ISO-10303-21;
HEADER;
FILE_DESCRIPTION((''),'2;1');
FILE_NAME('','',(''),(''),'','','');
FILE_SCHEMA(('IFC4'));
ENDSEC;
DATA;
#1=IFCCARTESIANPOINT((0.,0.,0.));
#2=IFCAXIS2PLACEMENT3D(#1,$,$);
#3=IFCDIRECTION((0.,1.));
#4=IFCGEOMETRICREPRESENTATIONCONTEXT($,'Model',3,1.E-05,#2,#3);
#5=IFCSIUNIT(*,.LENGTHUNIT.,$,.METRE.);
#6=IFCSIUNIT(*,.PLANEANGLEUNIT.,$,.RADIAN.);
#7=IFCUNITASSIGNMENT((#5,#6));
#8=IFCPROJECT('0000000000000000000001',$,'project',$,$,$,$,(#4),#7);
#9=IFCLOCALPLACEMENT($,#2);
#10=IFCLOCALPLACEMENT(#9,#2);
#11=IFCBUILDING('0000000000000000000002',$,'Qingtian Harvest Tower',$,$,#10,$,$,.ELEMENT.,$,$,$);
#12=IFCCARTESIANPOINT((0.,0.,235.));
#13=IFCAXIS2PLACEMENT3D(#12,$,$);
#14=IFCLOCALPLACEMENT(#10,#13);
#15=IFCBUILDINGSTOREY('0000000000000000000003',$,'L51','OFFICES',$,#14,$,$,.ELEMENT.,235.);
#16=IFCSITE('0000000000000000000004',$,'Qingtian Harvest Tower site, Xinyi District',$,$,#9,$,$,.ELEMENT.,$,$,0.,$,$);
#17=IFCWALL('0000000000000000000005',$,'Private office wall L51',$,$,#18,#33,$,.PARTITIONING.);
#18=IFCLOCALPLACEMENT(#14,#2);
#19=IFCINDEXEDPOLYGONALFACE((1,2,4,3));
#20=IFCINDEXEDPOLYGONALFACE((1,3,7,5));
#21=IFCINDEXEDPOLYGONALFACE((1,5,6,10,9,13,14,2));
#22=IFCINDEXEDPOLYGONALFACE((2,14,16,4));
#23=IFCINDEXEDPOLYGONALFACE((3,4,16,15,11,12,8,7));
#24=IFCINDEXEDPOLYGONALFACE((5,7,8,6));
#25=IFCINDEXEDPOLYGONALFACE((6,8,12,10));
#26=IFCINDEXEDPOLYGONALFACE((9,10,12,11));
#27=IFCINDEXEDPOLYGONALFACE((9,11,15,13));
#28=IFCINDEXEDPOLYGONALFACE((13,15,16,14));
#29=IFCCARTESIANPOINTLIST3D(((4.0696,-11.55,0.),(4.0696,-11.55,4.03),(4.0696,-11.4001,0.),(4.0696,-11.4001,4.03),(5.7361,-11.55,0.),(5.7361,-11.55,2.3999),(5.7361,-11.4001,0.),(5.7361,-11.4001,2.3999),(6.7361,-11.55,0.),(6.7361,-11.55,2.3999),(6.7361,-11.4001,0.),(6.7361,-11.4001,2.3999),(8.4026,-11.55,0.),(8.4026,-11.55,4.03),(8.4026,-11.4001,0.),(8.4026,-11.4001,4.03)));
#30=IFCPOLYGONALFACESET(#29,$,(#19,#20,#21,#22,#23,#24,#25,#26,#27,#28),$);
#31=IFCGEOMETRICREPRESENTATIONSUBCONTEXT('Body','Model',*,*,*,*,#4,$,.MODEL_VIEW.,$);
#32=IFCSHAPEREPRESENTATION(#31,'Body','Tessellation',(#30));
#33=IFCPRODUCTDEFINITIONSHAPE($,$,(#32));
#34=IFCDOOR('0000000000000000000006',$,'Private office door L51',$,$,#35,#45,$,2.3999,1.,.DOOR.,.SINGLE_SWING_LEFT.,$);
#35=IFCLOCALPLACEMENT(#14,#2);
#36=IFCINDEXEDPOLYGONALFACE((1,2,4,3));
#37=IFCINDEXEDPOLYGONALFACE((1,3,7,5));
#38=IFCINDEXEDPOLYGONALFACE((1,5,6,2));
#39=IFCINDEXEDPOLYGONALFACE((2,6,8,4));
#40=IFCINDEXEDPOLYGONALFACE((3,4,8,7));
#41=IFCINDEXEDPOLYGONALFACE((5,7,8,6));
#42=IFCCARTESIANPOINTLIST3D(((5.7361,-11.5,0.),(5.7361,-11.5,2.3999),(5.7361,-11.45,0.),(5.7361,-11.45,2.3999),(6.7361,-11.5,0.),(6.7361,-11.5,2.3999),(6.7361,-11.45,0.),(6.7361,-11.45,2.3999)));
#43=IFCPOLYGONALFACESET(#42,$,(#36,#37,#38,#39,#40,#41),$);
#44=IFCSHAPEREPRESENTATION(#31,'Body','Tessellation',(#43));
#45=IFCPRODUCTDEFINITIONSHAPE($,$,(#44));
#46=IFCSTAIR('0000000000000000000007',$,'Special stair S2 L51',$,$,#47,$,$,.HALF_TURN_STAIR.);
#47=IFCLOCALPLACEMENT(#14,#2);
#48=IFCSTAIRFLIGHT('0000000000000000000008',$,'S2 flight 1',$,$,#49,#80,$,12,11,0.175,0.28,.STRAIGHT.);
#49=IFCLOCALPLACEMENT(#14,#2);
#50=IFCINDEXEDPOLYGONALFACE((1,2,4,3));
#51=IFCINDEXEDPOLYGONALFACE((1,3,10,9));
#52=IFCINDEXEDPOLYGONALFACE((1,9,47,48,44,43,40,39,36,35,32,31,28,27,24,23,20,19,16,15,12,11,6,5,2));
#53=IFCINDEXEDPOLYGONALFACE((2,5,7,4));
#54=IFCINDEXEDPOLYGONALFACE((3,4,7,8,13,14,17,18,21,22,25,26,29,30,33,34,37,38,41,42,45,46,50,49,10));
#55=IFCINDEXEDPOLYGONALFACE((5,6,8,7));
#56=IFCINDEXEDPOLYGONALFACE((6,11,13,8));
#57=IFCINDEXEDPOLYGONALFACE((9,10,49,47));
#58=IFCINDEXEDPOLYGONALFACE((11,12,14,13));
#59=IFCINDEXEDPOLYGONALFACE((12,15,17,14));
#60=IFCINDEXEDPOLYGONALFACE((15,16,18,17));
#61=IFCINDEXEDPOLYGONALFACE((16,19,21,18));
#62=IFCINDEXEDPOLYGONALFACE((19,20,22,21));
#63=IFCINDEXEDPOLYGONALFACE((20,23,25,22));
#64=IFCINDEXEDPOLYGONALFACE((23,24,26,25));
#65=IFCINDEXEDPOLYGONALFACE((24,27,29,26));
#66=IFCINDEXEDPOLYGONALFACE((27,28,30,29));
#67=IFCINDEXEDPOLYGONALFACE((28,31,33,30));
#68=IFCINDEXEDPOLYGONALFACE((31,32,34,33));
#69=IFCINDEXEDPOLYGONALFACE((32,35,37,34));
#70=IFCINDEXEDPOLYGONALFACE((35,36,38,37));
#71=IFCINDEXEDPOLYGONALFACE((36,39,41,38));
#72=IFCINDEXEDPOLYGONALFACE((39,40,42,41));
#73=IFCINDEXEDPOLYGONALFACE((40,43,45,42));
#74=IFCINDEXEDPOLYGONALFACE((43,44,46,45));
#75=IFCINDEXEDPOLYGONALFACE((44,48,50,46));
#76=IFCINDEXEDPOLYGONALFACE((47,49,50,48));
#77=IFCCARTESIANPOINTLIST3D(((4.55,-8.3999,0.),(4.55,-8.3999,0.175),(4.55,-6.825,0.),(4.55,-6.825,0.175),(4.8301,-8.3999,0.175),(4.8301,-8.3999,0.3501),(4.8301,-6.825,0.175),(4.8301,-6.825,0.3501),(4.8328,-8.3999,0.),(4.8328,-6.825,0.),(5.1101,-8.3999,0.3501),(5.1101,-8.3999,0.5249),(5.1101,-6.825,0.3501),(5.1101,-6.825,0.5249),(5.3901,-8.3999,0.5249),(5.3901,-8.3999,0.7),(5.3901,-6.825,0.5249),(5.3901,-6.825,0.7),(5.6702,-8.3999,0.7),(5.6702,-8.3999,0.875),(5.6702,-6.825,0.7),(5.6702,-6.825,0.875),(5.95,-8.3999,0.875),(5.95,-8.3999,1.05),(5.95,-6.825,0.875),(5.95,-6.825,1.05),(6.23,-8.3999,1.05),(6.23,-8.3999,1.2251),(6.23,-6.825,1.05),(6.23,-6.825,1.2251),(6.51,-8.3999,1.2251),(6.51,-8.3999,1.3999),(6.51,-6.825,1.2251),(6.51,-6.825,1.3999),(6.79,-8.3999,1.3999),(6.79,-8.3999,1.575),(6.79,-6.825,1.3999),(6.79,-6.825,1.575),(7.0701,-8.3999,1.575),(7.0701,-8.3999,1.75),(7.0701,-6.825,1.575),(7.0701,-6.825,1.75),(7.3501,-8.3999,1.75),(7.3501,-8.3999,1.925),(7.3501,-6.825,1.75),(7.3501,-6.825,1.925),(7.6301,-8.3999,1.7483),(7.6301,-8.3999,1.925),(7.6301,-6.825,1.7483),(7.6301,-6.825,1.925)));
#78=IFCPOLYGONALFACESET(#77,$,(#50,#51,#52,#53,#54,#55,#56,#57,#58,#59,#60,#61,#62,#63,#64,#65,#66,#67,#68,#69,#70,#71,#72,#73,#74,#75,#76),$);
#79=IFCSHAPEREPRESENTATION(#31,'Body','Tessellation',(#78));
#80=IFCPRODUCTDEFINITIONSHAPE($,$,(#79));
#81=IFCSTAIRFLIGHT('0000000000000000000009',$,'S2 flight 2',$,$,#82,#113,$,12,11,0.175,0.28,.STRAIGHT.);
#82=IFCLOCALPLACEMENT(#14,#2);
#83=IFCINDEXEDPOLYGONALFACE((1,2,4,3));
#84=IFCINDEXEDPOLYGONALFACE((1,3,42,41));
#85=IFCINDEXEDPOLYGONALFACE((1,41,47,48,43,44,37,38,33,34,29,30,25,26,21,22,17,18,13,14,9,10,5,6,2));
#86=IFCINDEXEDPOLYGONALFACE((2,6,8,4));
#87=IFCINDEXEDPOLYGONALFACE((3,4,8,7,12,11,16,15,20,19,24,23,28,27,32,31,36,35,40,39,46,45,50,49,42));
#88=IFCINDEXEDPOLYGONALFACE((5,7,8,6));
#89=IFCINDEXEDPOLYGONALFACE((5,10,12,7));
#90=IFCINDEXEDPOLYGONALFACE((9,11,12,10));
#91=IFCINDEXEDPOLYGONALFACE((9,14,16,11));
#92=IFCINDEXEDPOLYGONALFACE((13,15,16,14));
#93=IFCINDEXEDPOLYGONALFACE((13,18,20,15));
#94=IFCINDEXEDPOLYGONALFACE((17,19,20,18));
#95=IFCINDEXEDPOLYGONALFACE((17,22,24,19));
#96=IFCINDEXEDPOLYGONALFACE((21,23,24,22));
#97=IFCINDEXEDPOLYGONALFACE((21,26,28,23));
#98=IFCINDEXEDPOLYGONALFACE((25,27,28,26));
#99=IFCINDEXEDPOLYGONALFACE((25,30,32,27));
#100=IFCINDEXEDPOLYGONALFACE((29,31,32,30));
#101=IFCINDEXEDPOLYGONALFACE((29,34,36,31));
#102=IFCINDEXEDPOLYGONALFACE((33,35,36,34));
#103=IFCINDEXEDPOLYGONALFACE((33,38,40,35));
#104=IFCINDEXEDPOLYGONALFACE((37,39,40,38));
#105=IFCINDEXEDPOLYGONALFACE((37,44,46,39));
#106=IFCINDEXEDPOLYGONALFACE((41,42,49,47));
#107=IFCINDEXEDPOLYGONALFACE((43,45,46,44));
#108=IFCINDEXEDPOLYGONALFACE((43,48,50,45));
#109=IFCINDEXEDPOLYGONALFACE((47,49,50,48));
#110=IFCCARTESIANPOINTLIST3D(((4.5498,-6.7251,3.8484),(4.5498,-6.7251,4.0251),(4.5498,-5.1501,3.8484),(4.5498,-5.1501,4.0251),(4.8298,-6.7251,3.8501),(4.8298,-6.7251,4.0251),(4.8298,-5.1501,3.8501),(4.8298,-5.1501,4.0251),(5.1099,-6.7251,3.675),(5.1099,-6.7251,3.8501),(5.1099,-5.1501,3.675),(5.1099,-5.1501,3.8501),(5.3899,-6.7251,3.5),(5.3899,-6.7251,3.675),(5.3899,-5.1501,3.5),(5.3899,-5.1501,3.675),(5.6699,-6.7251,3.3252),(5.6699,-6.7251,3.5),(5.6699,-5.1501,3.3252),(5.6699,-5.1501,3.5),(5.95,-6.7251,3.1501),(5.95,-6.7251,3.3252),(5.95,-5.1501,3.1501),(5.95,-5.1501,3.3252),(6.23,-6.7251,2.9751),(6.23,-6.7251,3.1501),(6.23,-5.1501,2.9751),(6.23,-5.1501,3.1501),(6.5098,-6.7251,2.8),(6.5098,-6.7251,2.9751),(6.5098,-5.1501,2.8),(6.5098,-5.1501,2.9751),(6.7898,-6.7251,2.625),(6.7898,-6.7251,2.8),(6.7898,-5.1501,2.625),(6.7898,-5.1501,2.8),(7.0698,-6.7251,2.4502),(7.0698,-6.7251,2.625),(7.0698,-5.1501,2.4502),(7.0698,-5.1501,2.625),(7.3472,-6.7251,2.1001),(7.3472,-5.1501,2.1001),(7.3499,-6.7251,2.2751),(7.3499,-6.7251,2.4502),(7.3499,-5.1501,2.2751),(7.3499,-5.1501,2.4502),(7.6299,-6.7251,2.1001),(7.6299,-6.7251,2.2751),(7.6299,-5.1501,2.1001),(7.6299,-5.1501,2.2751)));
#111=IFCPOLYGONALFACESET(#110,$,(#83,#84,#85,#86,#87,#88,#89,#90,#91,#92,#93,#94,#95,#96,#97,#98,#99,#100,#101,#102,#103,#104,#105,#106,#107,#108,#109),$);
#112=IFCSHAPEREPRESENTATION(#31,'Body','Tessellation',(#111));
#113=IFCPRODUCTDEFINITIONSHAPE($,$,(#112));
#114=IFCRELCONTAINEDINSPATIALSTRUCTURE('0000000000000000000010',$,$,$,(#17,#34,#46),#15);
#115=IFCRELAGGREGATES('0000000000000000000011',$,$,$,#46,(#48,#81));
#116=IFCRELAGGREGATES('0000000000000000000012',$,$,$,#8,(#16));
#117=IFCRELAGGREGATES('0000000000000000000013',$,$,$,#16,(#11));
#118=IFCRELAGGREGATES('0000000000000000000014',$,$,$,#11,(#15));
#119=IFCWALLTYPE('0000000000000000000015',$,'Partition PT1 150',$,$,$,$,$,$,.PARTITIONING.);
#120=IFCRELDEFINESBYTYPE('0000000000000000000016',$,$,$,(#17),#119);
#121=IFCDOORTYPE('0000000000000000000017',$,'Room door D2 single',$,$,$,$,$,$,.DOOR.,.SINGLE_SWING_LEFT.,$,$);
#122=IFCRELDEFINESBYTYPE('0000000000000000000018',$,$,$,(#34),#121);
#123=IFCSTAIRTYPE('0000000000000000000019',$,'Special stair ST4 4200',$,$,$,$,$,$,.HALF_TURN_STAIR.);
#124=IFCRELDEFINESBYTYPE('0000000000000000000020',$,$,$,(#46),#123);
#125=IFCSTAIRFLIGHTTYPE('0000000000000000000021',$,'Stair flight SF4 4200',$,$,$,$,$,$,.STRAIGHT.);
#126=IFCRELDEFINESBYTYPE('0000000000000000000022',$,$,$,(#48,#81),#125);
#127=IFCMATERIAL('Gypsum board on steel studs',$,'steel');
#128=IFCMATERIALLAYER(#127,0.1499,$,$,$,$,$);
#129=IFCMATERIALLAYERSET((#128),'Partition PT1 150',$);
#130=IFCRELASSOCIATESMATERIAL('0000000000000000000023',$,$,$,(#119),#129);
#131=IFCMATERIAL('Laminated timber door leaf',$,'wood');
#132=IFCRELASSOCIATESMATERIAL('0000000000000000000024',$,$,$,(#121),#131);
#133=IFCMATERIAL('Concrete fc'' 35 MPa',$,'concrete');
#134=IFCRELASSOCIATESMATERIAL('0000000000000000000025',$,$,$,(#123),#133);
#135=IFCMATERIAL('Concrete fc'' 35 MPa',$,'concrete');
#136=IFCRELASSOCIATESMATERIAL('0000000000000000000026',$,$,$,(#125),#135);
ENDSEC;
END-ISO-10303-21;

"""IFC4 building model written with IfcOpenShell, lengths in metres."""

from ifc_helpers import new_model, si_unit, direction, frame, frame_2d, origin, place, context, subcontext, project, spatial, polyline, rectangle, outline, extrude, material, layer, layer_set, type_object, element, fill, aggregate, save


model = new_model("IFC4")

# Units and contexts
model_context = context("Model", 3, precision=1e-05, world=origin(), true_north=direction((0.0, 1.0)))
body_context = subcontext(model_context, "Body", "Model", "MODEL_VIEW")
ifc_project = project(units=[si_unit("LENGTHUNIT", "METRE"), si_unit("PLANEANGLEUNIT", "RADIAN")], contexts=[model_context])

# Site, building, storey
site_placement = place(None, origin())
site = spatial("IfcSite", under=ifc_project, at=site_placement, Name="Qingtian Harvest Tower site, Xinyi District", CompositionType="ELEMENT", RefElevation=0.0)
building_placement = place(site_placement, origin())
building = spatial("IfcBuilding", under=site, at=building_placement, Name="Qingtian Harvest Tower", CompositionType="ELEMENT")
storey_placement = place(building_placement, frame((0.0, 0.0, 235.0)))
storey = spatial("IfcBuildingStorey", under=building, at=storey_placement, Name="L51", Description="OFFICES", CompositionType="ELEMENT", Elevation=235.0)

# Wall, opening, door
ifc_material_1 = material(Name="Gypsum board on steel studs", Category="steel")
ifc_layer_1 = layer(ifc_material_1, 0.1499)
ifc_layer_set_1 = layer_set([ifc_layer_1], Name="Partition PT1 150")
wall_type_1 = type_object("IfcWallType", Name="Partition PT1 150", PredefinedType="PARTITIONING", material=ifc_layer_set_1)
ifc_material_2 = material(Name="Laminated timber door leaf", Category="wood")
door_type_1 = type_object("IfcDoorType", Name="Room door D2 single", OperationType="SINGLE_SWING_LEFT", PredefinedType="DOOR", material=ifc_material_2)
wall_1_placement = place(storey_placement, frame((8.4026, -11.4751, 0.0), z_axis=(0.0, 0.0, 1.0), x_axis=(-1.0, 0.0, 0.0)))
wall_1 = element("IfcWall", 1, at=wall_1_placement, inside=storey, type_object=wall_type_1, Name="Private office wall L51", PredefinedType="PARTITIONING", context=body_context, shape_type="SweptSolid", body=[
    extrude(rectangle(XDim=4.333, YDim=0.1499, at=frame_2d((2.1665, 0.0))), origin(), (0.0, 0.0, 1.0), 4.03),
])
opening_1_placement = place(wall_1_placement, frame((1.6665, 0.0, 0.0)))
opening_1 = element("IfcOpeningElement", 2, at=opening_1_placement, cuts=wall_1, PredefinedType="OPENING", context=body_context, shape_type="SweptSolid", body=[
    extrude(rectangle(XDim=1.0, YDim=2.3999, at=frame_2d((0.5, 1.2))), frame((0.0, 0.085, 0.0), z_axis=(0.0, -1.0, 0.0), x_axis=(1.0, 0.0, 0.0)), (0.0, 0.0, 1.0), 0.1699),
])
door_1_placement = place(opening_1_placement, origin())
door_1 = element("IfcDoor", 3, at=door_1_placement, inside=storey, type_object=door_type_1, Name="Private office door L51", OperationType="SINGLE_SWING_LEFT", OverallHeight=2.3999, OverallWidth=1.0, PredefinedType="DOOR", context=body_context, shape_type="SweptSolid", body=[
    extrude(rectangle(XDim=1.0, YDim=2.3999, at=frame_2d((0.5, 1.2))), frame((0.0, 0.0249, 0.0), z_axis=(0.0, -1.0, 0.0), x_axis=(1.0, 0.0, 0.0)), (0.0, 0.0, 1.0), 0.05),
])
fill(opening_1, door_1)

# Stair, stair flights
ifc_material_3 = material(Name="Concrete fc' 35 MPa", Category="concrete")
stair_type = type_object("IfcStairType", Name="Special stair ST4 4200", PredefinedType="HALF_TURN_STAIR", material=ifc_material_3)
stair_placement = place(storey_placement, origin())
stair = element("IfcStair", 4, at=stair_placement, inside=storey, type_object=stair_type, Name="Special stair S2 L51", PredefinedType="HALF_TURN_STAIR")
ifc_material_4 = material(Name="Concrete fc' 35 MPa", Category="concrete")
stair_flight_type = type_object("IfcStairFlightType", Name="Stair flight SF4 4200", PredefinedType="STRAIGHT", material=ifc_material_4)
stair_flight_1_placement = place(storey_placement, frame((4.55, -7.6125, 0.0), z_axis=(0.0, 0.0, 1.0), x_axis=(1.0, 0.0, 0.0)))
stair_flight_1 = element("IfcStairFlight", 5, at=stair_flight_1_placement, type_object=stair_flight_type, Name="S2 flight 1", NumberOfRisers=12, NumberOfTreads=11, PredefinedType="STRAIGHT", RiserHeight=0.175, TreadLength=0.28, context=body_context, shape_type="SweptSolid", body=[
    extrude(outline(polyline([(0.0, 0.0), (0.0, 0.175), (0.28, 0.175), (0.28, 0.3501), (0.5601, 0.3501), (0.5601, 0.5249), (0.8401, 0.5249), (0.8401, 0.7), (1.1201, 0.7), (1.1201, 0.875), (1.3999, 0.875), (1.3999, 1.05), (1.6799, 1.05), (1.6799, 1.2251), (1.96, 1.2251), (1.96, 1.3999), (2.24, 1.3999), (2.24, 1.575), (2.52, 1.575), (2.52, 1.75), (2.8, 1.75), (2.8, 1.925), (3.0801, 1.925), (3.0801, 2.1001), (3.0801, 1.7483), (0.2827, 0.0), (0.0, 0.0)])), frame((0.0, 0.7876, 0.0), z_axis=(0.0, -1.0, 0.0), x_axis=(1.0, 0.0, 0.0)), (0.0, 0.0, 1.0), 1.575),
])
stair_flight_2_placement = place(storey_placement, frame((7.6299, -5.9375, 2.1001), z_axis=(0.0, 0.0, 1.0), x_axis=(-1.0, 0.0, 0.0)))
stair_flight_2 = element("IfcStairFlight", 6, at=stair_flight_2_placement, type_object=stair_flight_type, Name="S2 flight 2", NumberOfRisers=12, NumberOfTreads=11, PredefinedType="STRAIGHT", RiserHeight=0.175, TreadLength=0.28, context=body_context, shape_type="SweptSolid", body=[
    extrude(outline(polyline([(0.0, 0.0), (0.0, 0.175), (0.28, 0.175), (0.28, 0.3501), (0.5601, 0.3501), (0.5601, 0.5249), (0.8401, 0.5249), (0.8401, 0.7), (1.1201, 0.7), (1.1201, 0.875), (1.3999, 0.875), (1.3999, 1.05), (1.6799, 1.05), (1.6799, 1.2251), (1.96, 1.2251), (1.96, 1.3999), (2.24, 1.3999), (2.24, 1.575), (2.52, 1.575), (2.52, 1.75), (2.8, 1.75), (2.8, 1.925), (3.0801, 1.925), (3.0801, 2.1001), (3.0801, 1.7483), (0.2827, 0.0), (0.0, 0.0)])), frame((0.0, 0.7876, 0.0), z_axis=(0.0, -1.0, 0.0), x_axis=(1.0, 0.0, 0.0)), (0.0, 0.0, 1.0), 1.575),
])
aggregate(stair, [stair_flight_1, stair_flight_2])

save(model, "model.ifc")
